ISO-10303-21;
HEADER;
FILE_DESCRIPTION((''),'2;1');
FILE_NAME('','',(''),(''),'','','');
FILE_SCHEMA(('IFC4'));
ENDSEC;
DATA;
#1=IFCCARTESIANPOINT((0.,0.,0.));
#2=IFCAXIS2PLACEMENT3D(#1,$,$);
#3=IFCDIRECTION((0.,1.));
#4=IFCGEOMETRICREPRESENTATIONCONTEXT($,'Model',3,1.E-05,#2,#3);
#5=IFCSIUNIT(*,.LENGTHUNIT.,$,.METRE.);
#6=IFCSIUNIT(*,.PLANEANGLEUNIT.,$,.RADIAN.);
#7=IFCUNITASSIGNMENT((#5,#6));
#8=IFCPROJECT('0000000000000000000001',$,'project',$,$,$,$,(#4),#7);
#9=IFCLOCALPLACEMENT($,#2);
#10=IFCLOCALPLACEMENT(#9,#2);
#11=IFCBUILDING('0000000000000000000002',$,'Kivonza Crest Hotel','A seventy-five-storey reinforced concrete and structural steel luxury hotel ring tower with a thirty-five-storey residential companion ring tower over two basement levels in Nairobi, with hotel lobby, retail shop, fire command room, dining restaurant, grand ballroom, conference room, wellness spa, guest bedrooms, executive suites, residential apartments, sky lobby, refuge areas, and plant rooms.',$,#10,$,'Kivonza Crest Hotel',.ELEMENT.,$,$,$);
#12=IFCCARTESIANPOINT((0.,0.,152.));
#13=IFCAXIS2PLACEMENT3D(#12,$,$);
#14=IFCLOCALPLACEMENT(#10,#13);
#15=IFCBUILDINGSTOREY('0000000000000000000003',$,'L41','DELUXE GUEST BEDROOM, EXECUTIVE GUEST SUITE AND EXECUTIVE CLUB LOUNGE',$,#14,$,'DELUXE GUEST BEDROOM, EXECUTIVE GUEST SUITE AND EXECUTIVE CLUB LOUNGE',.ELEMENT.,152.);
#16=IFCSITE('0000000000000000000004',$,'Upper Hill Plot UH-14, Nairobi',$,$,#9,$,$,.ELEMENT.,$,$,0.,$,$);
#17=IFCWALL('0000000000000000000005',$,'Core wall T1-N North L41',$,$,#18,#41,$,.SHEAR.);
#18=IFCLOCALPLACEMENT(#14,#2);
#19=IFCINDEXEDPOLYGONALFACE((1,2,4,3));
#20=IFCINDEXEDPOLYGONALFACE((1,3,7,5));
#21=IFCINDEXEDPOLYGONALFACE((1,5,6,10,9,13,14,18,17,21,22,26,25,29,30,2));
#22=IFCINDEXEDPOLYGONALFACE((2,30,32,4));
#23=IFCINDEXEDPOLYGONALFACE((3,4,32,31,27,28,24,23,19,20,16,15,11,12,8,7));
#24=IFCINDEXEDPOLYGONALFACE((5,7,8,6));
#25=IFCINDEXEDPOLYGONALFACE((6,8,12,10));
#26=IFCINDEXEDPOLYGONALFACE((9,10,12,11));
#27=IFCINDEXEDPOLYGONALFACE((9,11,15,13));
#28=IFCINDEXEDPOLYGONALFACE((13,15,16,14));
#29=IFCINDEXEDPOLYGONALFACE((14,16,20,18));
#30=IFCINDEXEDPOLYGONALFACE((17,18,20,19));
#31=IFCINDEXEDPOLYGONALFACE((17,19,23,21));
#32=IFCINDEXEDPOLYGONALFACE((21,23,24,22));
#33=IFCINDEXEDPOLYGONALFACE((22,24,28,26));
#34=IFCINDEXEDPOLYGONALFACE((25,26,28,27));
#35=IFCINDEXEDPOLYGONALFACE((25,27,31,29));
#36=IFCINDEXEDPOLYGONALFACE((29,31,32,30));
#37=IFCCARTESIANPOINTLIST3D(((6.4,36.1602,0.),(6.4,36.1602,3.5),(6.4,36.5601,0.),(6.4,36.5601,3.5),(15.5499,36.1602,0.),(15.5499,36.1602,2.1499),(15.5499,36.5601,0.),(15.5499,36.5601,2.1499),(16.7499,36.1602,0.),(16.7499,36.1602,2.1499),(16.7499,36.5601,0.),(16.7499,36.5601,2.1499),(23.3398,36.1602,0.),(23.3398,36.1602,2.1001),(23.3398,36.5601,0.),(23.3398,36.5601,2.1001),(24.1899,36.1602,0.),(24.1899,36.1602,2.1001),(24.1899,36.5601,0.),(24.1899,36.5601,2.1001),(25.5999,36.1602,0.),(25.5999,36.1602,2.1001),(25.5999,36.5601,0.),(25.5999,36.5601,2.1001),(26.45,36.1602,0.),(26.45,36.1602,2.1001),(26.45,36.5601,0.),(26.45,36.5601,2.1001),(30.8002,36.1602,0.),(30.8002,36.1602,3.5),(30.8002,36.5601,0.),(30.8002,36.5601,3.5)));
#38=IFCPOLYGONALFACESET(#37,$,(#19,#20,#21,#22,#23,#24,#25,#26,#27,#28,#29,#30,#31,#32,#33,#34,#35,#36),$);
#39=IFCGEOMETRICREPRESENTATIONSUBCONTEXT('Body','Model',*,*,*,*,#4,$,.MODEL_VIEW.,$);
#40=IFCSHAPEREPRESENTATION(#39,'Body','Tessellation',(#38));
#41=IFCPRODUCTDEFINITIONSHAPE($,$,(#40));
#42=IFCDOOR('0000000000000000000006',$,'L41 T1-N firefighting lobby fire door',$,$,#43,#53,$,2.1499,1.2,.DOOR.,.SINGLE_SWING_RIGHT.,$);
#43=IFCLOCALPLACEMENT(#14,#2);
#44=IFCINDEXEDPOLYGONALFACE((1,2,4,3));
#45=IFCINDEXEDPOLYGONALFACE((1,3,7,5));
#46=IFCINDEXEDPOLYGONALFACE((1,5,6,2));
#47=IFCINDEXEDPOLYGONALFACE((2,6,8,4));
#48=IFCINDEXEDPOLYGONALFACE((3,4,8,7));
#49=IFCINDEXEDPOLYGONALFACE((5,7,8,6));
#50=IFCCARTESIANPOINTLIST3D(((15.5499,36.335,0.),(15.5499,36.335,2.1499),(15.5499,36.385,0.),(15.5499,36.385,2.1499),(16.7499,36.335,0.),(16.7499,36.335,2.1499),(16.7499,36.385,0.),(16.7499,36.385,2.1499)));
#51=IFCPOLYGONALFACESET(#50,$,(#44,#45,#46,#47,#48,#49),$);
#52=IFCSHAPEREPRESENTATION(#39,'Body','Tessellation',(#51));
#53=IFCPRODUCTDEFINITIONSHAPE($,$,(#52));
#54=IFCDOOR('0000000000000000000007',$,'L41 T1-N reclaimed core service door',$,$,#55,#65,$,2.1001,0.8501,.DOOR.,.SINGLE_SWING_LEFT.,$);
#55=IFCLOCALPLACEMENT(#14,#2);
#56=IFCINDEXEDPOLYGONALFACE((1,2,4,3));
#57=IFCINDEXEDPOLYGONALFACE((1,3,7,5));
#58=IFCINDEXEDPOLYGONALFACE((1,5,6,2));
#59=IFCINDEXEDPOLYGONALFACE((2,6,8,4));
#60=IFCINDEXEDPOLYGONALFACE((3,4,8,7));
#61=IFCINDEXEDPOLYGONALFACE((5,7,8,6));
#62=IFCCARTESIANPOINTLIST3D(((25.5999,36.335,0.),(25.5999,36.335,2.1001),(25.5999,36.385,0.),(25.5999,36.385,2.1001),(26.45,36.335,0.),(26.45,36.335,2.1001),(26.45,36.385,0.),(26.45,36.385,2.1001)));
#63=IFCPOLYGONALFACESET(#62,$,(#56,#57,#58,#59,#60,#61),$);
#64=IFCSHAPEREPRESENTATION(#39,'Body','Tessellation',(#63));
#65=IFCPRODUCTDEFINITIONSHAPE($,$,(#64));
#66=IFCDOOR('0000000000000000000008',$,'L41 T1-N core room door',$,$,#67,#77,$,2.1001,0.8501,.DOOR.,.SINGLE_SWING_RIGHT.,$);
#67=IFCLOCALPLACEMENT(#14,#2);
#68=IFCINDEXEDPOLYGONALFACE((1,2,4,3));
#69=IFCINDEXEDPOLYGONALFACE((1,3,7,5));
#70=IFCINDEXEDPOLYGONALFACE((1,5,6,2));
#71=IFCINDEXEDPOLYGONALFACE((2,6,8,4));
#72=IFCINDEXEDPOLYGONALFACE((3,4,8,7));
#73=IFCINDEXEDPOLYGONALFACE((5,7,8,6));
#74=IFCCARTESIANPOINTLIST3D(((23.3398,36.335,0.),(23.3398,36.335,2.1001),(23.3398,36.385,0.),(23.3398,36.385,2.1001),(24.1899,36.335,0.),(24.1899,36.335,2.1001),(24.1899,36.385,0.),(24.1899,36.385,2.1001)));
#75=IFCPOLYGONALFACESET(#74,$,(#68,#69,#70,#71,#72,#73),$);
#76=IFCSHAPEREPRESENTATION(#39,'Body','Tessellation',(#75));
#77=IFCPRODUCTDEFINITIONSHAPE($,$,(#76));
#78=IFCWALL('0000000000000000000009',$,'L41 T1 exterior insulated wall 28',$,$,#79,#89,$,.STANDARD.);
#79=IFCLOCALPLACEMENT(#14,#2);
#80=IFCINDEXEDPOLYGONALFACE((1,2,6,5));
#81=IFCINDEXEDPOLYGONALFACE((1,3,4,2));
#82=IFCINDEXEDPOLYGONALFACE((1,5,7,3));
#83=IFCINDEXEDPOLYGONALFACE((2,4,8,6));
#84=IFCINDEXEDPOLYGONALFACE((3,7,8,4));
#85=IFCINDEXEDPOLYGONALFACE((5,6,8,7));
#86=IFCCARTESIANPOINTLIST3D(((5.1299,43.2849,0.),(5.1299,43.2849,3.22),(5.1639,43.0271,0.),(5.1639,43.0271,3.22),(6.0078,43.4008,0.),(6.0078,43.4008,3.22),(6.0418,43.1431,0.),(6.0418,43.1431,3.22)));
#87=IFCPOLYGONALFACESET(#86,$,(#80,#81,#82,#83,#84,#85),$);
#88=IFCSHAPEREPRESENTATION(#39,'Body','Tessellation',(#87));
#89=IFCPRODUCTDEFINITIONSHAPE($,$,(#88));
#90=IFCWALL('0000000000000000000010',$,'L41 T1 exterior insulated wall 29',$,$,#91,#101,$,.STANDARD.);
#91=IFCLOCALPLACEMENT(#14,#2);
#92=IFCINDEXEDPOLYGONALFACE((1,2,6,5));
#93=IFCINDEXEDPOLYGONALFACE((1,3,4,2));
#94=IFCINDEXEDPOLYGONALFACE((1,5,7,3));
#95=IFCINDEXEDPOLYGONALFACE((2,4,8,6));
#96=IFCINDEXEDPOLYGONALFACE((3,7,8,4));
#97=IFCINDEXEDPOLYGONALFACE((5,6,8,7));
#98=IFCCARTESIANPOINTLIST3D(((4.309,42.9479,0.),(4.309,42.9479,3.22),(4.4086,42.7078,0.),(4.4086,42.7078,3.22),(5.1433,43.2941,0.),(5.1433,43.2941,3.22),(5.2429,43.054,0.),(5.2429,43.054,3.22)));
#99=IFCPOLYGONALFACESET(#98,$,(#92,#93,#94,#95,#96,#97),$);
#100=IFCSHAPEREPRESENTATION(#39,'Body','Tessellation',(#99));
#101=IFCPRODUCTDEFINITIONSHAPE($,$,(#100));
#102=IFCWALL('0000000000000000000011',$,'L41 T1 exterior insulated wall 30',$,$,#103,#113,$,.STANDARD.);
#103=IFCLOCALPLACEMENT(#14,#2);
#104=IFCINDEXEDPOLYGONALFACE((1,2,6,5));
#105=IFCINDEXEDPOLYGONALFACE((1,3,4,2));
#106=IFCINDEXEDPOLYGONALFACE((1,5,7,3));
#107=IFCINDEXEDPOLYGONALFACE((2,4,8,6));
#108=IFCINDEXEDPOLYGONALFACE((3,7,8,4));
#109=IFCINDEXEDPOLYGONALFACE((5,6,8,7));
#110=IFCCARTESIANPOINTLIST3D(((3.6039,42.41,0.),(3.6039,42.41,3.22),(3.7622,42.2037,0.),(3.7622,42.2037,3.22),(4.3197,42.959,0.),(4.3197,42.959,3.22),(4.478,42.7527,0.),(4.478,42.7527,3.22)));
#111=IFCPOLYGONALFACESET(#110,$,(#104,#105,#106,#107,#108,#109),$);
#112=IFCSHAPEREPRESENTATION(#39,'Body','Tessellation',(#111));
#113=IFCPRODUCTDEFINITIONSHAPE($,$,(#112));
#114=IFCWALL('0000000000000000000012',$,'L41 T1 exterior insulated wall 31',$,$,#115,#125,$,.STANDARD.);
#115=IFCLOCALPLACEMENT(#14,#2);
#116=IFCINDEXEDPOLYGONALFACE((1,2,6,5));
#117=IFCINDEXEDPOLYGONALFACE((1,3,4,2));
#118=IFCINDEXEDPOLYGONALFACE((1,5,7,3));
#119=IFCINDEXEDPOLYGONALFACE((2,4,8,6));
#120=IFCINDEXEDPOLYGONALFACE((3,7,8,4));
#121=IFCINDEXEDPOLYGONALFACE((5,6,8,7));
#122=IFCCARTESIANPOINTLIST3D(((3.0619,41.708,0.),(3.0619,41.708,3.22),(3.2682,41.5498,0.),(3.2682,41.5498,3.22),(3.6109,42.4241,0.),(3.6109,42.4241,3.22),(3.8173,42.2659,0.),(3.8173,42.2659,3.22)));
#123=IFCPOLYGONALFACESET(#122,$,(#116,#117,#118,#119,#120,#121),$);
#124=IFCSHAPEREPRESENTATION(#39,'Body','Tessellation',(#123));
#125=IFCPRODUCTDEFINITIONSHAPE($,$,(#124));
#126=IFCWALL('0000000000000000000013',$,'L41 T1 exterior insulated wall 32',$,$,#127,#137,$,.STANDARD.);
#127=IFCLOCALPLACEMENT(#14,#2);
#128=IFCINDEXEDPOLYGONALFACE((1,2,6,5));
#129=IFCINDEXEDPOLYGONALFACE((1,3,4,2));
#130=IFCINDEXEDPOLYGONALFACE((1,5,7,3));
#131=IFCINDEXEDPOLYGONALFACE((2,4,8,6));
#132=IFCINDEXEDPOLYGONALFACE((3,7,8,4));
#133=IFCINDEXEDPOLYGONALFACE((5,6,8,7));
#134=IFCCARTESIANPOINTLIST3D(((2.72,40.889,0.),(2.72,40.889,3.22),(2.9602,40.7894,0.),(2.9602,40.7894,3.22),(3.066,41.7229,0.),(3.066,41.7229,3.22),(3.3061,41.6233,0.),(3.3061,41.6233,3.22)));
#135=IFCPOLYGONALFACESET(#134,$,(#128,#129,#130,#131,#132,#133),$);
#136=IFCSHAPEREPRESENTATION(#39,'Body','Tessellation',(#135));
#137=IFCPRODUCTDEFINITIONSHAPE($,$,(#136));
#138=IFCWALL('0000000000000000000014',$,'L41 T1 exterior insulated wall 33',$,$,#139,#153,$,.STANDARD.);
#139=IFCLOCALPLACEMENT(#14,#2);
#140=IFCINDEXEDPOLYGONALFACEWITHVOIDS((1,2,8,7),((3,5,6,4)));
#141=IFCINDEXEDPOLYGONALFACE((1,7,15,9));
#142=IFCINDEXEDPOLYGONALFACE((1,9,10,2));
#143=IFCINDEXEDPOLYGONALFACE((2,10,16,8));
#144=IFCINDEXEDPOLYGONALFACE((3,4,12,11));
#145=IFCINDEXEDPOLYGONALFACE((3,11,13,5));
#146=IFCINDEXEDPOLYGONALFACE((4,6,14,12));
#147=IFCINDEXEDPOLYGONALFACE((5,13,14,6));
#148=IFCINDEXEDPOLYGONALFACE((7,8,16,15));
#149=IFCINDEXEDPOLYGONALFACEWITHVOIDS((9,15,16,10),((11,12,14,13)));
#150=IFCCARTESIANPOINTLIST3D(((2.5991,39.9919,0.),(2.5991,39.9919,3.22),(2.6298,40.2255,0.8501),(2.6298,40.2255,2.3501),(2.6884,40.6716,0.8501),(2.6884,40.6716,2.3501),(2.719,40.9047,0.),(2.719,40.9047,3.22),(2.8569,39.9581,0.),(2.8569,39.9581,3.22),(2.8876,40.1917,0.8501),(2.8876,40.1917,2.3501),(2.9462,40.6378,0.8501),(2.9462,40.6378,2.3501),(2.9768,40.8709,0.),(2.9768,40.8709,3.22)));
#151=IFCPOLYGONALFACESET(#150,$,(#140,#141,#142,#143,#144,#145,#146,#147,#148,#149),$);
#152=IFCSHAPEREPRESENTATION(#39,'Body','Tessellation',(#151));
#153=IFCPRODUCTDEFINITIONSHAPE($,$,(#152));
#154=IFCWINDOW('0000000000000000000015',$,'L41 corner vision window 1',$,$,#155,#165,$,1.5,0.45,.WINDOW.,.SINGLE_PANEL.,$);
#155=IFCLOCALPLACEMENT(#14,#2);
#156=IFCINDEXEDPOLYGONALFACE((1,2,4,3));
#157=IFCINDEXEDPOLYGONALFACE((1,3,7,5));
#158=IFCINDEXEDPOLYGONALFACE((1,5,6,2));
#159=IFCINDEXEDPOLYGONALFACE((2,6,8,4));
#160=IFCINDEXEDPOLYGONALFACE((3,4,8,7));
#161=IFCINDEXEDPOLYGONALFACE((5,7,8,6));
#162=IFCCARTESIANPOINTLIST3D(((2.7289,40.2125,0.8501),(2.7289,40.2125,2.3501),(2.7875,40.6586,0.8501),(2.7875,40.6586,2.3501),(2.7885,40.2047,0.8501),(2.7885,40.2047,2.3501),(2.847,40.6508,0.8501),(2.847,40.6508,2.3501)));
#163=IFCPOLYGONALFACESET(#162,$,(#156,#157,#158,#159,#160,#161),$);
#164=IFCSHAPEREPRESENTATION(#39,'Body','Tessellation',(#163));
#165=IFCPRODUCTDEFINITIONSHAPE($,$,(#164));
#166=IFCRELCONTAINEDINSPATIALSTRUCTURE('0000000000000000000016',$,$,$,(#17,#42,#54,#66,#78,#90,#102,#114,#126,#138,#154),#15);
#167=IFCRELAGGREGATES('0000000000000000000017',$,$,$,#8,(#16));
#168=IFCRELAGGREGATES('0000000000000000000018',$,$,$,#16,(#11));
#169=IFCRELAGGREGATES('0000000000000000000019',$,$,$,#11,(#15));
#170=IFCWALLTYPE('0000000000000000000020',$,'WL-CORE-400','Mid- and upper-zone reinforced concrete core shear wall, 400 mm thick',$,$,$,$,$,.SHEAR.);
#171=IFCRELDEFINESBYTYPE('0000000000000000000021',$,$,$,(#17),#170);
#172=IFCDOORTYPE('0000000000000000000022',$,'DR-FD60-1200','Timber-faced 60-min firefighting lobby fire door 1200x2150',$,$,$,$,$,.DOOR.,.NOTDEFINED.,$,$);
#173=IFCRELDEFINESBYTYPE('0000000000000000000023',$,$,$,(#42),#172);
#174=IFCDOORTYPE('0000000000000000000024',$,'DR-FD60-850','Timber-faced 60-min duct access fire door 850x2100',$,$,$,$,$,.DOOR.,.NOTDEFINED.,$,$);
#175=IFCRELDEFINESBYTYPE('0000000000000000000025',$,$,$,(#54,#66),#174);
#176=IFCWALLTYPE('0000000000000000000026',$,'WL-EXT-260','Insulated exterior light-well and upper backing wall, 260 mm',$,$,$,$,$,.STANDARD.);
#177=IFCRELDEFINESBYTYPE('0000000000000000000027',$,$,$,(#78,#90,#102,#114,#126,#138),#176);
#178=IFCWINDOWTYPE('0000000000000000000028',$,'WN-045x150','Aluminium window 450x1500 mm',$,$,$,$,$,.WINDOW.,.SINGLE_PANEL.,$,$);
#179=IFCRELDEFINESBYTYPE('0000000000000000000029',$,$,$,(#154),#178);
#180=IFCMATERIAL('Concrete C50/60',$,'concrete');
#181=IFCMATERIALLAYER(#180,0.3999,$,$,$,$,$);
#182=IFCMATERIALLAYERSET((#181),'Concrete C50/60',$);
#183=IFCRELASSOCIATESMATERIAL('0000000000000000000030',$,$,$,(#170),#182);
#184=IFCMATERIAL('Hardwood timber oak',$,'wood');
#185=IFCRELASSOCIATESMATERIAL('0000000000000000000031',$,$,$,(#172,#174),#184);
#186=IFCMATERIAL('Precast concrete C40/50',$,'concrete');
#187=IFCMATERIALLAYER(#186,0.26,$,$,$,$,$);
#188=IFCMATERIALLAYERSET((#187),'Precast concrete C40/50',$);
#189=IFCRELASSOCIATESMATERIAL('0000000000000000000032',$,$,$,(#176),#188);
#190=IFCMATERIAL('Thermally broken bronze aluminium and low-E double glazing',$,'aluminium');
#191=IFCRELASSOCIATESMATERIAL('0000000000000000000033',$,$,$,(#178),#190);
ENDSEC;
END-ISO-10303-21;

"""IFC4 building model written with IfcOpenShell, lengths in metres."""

from ifc_helpers import new_model, si_unit, direction, frame, frame_2d, origin, place, context, subcontext, project, spatial, rectangle, extrude, material, layer, layer_set, type_object, element, fill, save


model = new_model("IFC4")

# Units and contexts
model_context = context("Model", 3, precision=1e-05, world=origin(), true_north=direction((0.0, 1.0)))
body_context = subcontext(model_context, "Body", "Model", "MODEL_VIEW")
ifc_project = project(units=[si_unit("LENGTHUNIT", "METRE"), si_unit("PLANEANGLEUNIT", "RADIAN")], contexts=[model_context])

# Site, building, storey
site_placement = place(None, origin())
site = spatial("IfcSite", under=ifc_project, at=site_placement, Name="Upper Hill Plot UH-14, Nairobi", CompositionType="ELEMENT", RefElevation=0.0)
building_placement = place(site_placement, origin())
building = spatial("IfcBuilding", under=site, at=building_placement, Name="Kivonza Crest Hotel", Description="A seventy-five-storey reinforced concrete and structural steel luxury hotel ring tower with a thirty-five-storey residential companion ring tower over two basement levels in Nairobi, with hotel lobby, retail shop, fire command room, dining restaurant, grand ballroom, conference room, wellness spa, guest bedrooms, executive suites, residential apartments, sky lobby, refuge areas, and plant rooms.", LongName="Kivonza Crest Hotel", CompositionType="ELEMENT")
storey_placement = place(building_placement, frame((0.0, 0.0, 152.0)))
storey = spatial("IfcBuildingStorey", under=building, at=storey_placement, Name="L41", Description="DELUXE GUEST BEDROOM, EXECUTIVE GUEST SUITE AND EXECUTIVE CLUB LOUNGE", LongName="DELUXE GUEST BEDROOM, EXECUTIVE GUEST SUITE AND EXECUTIVE CLUB LOUNGE", CompositionType="ELEMENT", Elevation=152.0)

# Shared definitions
ifc_material_1 = material(Name="Concrete C50/60", Category="concrete")

# Shared definitions
ifc_material_2 = material(Name="Hardwood timber oak", Category="wood")

# Wall, openings, doors
ifc_layer_1 = layer(ifc_material_1, 0.3999)
ifc_layer_set_1 = layer_set([ifc_layer_1], Name="Concrete C50/60")
wall_type_1 = type_object("IfcWallType", Name="WL-CORE-400", Description="Mid- and upper-zone reinforced concrete core shear wall, 400 mm thick", PredefinedType="SHEAR", material=ifc_layer_set_1)
wall_1_placement = place(storey_placement, frame((6.3999, 36.3601, 0.0), z_axis=(0.0, 0.0, 1.0), x_axis=(1.0, 0.0, 0.0)))
wall_1 = element("IfcWall", 1, at=wall_1_placement, inside=storey, type_object=wall_type_1, Name="Core wall T1-N North L41", PredefinedType="SHEAR", context=body_context, shape_type="SweptSolid", body=[
    extrude(rectangle(XDim=24.4001, YDim=0.3999, at=frame_2d((12.2002, 0.0))), origin(), (0.0, 0.0, 1.0), 3.5),
])
opening_1_placement = place(wall_1_placement, frame((9.1499, 0.0, 0.0)))
opening_1 = element("IfcOpeningElement", 2, at=opening_1_placement, cuts=wall_1, PredefinedType="OPENING", context=body_context, shape_type="SweptSolid", body=[
    extrude(rectangle(XDim=1.2, YDim=2.1499, at=frame_2d((0.6001, 1.075))), frame((0.0, 0.21, 0.0), z_axis=(0.0, -1.0, 0.0), x_axis=(1.0, 0.0, 0.0)), (0.0, 0.0, 1.0), 0.4199),
])
opening_2_placement = place(wall_1_placement, frame((19.2, 0.0, 0.0)))
opening_2 = element("IfcOpeningElement", 3, at=opening_2_placement, cuts=wall_1, PredefinedType="OPENING", context=body_context, shape_type="SweptSolid", body=[
    extrude(rectangle(XDim=0.8501, YDim=2.1001, at=frame_2d((0.425, 1.05))), frame((0.0, 0.21, 0.0), z_axis=(0.0, -1.0, 0.0), x_axis=(1.0, 0.0, 0.0)), (0.0, 0.0, 1.0), 0.4199),
])
opening_3_placement = place(wall_1_placement, frame((16.9399, 0.0, 0.0)))
opening_3 = element("IfcOpeningElement", 4, at=opening_3_placement, cuts=wall_1, PredefinedType="OPENING", context=body_context, shape_type="SweptSolid", body=[
    extrude(rectangle(XDim=0.8501, YDim=2.1001, at=frame_2d((0.425, 1.05))), frame((0.0, 0.21, 0.0), z_axis=(0.0, -1.0, 0.0), x_axis=(1.0, 0.0, 0.0)), (0.0, 0.0, 1.0), 0.4199),
])
door_type_1 = type_object("IfcDoorType", Name="DR-FD60-1200", Description="Timber-faced 60-min firefighting lobby fire door 1200x2150", OperationType="NOTDEFINED", PredefinedType="DOOR", material=ifc_material_2)
door_1_placement = place(opening_1_placement, origin())
door_1 = element("IfcDoor", 5, at=door_1_placement, inside=storey, type_object=door_type_1, Name="L41 T1-N firefighting lobby fire door", OperationType="SINGLE_SWING_RIGHT", OverallHeight=2.1499, OverallWidth=1.2, PredefinedType="DOOR", context=body_context, shape_type="SweptSolid", body=[
    extrude(rectangle(XDim=1.2, YDim=2.1499, at=frame_2d((0.6001, 1.075))), frame((0.0, 0.0249, 0.0), z_axis=(0.0, -1.0, 0.0), x_axis=(1.0, 0.0, 0.0)), (0.0, 0.0, 1.0), 0.05),
])
fill(opening_1, door_1)
door_type_2 = type_object("IfcDoorType", Name="DR-FD60-850", Description="Timber-faced 60-min duct access fire door 850x2100", OperationType="NOTDEFINED", PredefinedType="DOOR", material=ifc_material_2)
door_2_placement = place(opening_2_placement, origin())
door_2 = element("IfcDoor", 6, at=door_2_placement, inside=storey, type_object=door_type_2, Name="L41 T1-N reclaimed core service door", OperationType="SINGLE_SWING_LEFT", OverallHeight=2.1001, OverallWidth=0.8501, PredefinedType="DOOR", context=body_context, shape_type="SweptSolid", body=[
    extrude(rectangle(XDim=0.8501, YDim=2.1001, at=frame_2d((0.425, 1.05))), frame((0.0, 0.0249, 0.0), z_axis=(0.0, -1.0, 0.0), x_axis=(1.0, 0.0, 0.0)), (0.0, 0.0, 1.0), 0.05),
])
fill(opening_2, door_2)
door_3_placement = place(opening_3_placement, origin())
door_3 = element("IfcDoor", 7, at=door_3_placement, inside=storey, type_object=door_type_2, Name="L41 T1-N core room door", OperationType="SINGLE_SWING_RIGHT", OverallHeight=2.1001, OverallWidth=0.8501, PredefinedType="DOOR", context=body_context, shape_type="SweptSolid", body=[
    extrude(rectangle(XDim=0.8501, YDim=2.1001, at=frame_2d((0.425, 1.05))), frame((0.0, 0.0249, 0.0), z_axis=(0.0, -1.0, 0.0), x_axis=(1.0, 0.0, 0.0)), (0.0, 0.0, 1.0), 0.05),
])
fill(opening_3, door_3)

# Walls
ifc_material_3 = material(Name="Precast concrete C40/50", Category="concrete")
ifc_layer_2 = layer(ifc_material_3, 0.26)
ifc_layer_set_2 = layer_set([ifc_layer_2], Name="Precast concrete C40/50")
wall_type_2 = type_object("IfcWallType", Name="WL-EXT-260", Description="Insulated exterior light-well and upper backing wall, 260 mm", PredefinedType="STANDARD", material=ifc_layer_set_2)
wall_2_placement = place(storey_placement, frame((6.0249, 43.272, 0.0), z_axis=(0.0, 0.0, 1.0), x_axis=(-0.991388, -0.130954, 0.0)))
element("IfcWall", 8, at=wall_2_placement, inside=storey, type_object=wall_type_2, Name="L41 T1 exterior insulated wall 28", PredefinedType="STANDARD", context=body_context, shape_type="SweptSolid", body=[
    extrude(rectangle(XDim=0.8855, YDim=0.26, at=frame_2d((0.4429, 0.0))), origin(), (0.0, 0.0, 1.0), 3.22),
])
wall_3_placement = place(storey_placement, frame((5.1931, 43.1741, 0.0), z_axis=(0.0, 0.0, 1.0), x_axis=(-0.923628, -0.383291, 0.0)))
element("IfcWall", 9, at=wall_3_placement, inside=storey, type_object=wall_type_2, Name="L41 T1 exterior insulated wall 29", PredefinedType="STANDARD", context=body_context, shape_type="SweptSolid", body=[
    extrude(rectangle(XDim=0.9033, YDim=0.26, at=frame_2d((0.4517, 0.0))), origin(), (0.0, 0.0, 1.0), 3.22),
])
wall_4_placement = place(storey_placement, frame((4.3989, 42.856, 0.0), z_axis=(0.0, 0.0, 1.0), x_axis=(-0.793458, -0.608625, 0.0)))
element("IfcWall", 10, at=wall_4_placement, inside=storey, type_object=wall_type_2, Name="L41 T1 exterior insulated wall 30", PredefinedType="STANDARD", context=body_context, shape_type="SweptSolid", body=[
    extrude(rectangle(XDim=0.9021, YDim=0.26, at=frame_2d((0.4512, 0.0))), origin(), (0.0, 0.0, 1.0), 3.22),
])
wall_5_placement = place(storey_placement, frame((3.7141, 42.345, 0.0), z_axis=(0.0, 0.0, 1.0), x_axis=(-0.608494, -0.793558, 0.0)))
element("IfcWall", 11, at=wall_5_placement, inside=storey, type_object=wall_type_2, Name="L41 T1 exterior insulated wall 31", PredefinedType="STANDARD", context=body_context, shape_type="SweptSolid", body=[
    extrude(rectangle(XDim=0.9023, YDim=0.26, at=frame_2d((0.4512, 0.0))), origin(), (0.0, 0.0, 1.0), 3.22),
])
wall_6_placement = place(storey_placement, frame((3.186, 41.6731, 0.0), z_axis=(0.0, 0.0, 1.0), x_axis=(-0.383156, -0.923684, 0.0)))
element("IfcWall", 12, at=wall_6_placement, inside=storey, type_object=wall_type_2, Name="L41 T1 exterior insulated wall 32", PredefinedType="STANDARD", context=body_context, shape_type="SweptSolid", body=[
    extrude(rectangle(XDim=0.9028, YDim=0.26, at=frame_2d((0.4514, 0.0))), origin(), (0.0, 0.0, 1.0), 3.22),
])

# Wall, opening, window
wall_7_placement = place(storey_placement, frame((2.8479, 40.8879, 0.0), z_axis=(0.0, 0.0, 1.0), x_axis=(-0.130201, -0.991488, 0.0)))
wall_7 = element("IfcWall", 13, at=wall_7_placement, inside=storey, type_object=wall_type_2, Name="L41 T1 exterior insulated wall 33", PredefinedType="STANDARD", context=body_context, shape_type="SweptSolid", body=[
    extrude(rectangle(XDim=0.9207, YDim=0.26, at=frame_2d((0.4604, 0.0))), origin(), (0.0, 0.0, 1.0), 3.22),
])
opening_4_placement = place(wall_7_placement, frame((0.2351, 0.0, 0.8501)))
opening_4 = element("IfcOpeningElement", 14, at=opening_4_placement, cuts=wall_7, PredefinedType="OPENING", context=body_context, shape_type="SweptSolid", body=[
    extrude(rectangle(XDim=0.45, YDim=1.5, at=frame_2d((0.2251, 0.75))), frame((0.0, 0.1401, 0.0), z_axis=(0.0, -1.0, 0.0), x_axis=(1.0, 0.0, 0.0)), (0.0, 0.0, 1.0), 0.28),
])
ifc_material_4 = material(Name="Thermally broken bronze aluminium and low-E double glazing", Category="aluminium")
window_type_1 = type_object("IfcWindowType", Name="WN-045x150", Description="Aluminium window 450x1500 mm", PartitioningType="SINGLE_PANEL", PredefinedType="WINDOW", material=ifc_material_4)
window_1_placement = place(opening_4_placement, origin())
window_1 = element("IfcWindow", 15, at=window_1_placement, inside=storey, type_object=window_type_1, Name="L41 corner vision window 1", OverallHeight=1.5, OverallWidth=0.45, PartitioningType="SINGLE_PANEL", PredefinedType="WINDOW", context=body_context, shape_type="SweptSolid", body=[
    extrude(rectangle(XDim=0.45, YDim=1.5, at=frame_2d((0.2251, 0.75))), frame((0.0, 0.03, 0.0), z_axis=(0.0, -1.0, 0.0), x_axis=(1.0, 0.0, 0.0)), (0.0, 0.0, 1.0), 0.0601),
])
fill(opening_4, window_1)

save(model, "model.ifc")
